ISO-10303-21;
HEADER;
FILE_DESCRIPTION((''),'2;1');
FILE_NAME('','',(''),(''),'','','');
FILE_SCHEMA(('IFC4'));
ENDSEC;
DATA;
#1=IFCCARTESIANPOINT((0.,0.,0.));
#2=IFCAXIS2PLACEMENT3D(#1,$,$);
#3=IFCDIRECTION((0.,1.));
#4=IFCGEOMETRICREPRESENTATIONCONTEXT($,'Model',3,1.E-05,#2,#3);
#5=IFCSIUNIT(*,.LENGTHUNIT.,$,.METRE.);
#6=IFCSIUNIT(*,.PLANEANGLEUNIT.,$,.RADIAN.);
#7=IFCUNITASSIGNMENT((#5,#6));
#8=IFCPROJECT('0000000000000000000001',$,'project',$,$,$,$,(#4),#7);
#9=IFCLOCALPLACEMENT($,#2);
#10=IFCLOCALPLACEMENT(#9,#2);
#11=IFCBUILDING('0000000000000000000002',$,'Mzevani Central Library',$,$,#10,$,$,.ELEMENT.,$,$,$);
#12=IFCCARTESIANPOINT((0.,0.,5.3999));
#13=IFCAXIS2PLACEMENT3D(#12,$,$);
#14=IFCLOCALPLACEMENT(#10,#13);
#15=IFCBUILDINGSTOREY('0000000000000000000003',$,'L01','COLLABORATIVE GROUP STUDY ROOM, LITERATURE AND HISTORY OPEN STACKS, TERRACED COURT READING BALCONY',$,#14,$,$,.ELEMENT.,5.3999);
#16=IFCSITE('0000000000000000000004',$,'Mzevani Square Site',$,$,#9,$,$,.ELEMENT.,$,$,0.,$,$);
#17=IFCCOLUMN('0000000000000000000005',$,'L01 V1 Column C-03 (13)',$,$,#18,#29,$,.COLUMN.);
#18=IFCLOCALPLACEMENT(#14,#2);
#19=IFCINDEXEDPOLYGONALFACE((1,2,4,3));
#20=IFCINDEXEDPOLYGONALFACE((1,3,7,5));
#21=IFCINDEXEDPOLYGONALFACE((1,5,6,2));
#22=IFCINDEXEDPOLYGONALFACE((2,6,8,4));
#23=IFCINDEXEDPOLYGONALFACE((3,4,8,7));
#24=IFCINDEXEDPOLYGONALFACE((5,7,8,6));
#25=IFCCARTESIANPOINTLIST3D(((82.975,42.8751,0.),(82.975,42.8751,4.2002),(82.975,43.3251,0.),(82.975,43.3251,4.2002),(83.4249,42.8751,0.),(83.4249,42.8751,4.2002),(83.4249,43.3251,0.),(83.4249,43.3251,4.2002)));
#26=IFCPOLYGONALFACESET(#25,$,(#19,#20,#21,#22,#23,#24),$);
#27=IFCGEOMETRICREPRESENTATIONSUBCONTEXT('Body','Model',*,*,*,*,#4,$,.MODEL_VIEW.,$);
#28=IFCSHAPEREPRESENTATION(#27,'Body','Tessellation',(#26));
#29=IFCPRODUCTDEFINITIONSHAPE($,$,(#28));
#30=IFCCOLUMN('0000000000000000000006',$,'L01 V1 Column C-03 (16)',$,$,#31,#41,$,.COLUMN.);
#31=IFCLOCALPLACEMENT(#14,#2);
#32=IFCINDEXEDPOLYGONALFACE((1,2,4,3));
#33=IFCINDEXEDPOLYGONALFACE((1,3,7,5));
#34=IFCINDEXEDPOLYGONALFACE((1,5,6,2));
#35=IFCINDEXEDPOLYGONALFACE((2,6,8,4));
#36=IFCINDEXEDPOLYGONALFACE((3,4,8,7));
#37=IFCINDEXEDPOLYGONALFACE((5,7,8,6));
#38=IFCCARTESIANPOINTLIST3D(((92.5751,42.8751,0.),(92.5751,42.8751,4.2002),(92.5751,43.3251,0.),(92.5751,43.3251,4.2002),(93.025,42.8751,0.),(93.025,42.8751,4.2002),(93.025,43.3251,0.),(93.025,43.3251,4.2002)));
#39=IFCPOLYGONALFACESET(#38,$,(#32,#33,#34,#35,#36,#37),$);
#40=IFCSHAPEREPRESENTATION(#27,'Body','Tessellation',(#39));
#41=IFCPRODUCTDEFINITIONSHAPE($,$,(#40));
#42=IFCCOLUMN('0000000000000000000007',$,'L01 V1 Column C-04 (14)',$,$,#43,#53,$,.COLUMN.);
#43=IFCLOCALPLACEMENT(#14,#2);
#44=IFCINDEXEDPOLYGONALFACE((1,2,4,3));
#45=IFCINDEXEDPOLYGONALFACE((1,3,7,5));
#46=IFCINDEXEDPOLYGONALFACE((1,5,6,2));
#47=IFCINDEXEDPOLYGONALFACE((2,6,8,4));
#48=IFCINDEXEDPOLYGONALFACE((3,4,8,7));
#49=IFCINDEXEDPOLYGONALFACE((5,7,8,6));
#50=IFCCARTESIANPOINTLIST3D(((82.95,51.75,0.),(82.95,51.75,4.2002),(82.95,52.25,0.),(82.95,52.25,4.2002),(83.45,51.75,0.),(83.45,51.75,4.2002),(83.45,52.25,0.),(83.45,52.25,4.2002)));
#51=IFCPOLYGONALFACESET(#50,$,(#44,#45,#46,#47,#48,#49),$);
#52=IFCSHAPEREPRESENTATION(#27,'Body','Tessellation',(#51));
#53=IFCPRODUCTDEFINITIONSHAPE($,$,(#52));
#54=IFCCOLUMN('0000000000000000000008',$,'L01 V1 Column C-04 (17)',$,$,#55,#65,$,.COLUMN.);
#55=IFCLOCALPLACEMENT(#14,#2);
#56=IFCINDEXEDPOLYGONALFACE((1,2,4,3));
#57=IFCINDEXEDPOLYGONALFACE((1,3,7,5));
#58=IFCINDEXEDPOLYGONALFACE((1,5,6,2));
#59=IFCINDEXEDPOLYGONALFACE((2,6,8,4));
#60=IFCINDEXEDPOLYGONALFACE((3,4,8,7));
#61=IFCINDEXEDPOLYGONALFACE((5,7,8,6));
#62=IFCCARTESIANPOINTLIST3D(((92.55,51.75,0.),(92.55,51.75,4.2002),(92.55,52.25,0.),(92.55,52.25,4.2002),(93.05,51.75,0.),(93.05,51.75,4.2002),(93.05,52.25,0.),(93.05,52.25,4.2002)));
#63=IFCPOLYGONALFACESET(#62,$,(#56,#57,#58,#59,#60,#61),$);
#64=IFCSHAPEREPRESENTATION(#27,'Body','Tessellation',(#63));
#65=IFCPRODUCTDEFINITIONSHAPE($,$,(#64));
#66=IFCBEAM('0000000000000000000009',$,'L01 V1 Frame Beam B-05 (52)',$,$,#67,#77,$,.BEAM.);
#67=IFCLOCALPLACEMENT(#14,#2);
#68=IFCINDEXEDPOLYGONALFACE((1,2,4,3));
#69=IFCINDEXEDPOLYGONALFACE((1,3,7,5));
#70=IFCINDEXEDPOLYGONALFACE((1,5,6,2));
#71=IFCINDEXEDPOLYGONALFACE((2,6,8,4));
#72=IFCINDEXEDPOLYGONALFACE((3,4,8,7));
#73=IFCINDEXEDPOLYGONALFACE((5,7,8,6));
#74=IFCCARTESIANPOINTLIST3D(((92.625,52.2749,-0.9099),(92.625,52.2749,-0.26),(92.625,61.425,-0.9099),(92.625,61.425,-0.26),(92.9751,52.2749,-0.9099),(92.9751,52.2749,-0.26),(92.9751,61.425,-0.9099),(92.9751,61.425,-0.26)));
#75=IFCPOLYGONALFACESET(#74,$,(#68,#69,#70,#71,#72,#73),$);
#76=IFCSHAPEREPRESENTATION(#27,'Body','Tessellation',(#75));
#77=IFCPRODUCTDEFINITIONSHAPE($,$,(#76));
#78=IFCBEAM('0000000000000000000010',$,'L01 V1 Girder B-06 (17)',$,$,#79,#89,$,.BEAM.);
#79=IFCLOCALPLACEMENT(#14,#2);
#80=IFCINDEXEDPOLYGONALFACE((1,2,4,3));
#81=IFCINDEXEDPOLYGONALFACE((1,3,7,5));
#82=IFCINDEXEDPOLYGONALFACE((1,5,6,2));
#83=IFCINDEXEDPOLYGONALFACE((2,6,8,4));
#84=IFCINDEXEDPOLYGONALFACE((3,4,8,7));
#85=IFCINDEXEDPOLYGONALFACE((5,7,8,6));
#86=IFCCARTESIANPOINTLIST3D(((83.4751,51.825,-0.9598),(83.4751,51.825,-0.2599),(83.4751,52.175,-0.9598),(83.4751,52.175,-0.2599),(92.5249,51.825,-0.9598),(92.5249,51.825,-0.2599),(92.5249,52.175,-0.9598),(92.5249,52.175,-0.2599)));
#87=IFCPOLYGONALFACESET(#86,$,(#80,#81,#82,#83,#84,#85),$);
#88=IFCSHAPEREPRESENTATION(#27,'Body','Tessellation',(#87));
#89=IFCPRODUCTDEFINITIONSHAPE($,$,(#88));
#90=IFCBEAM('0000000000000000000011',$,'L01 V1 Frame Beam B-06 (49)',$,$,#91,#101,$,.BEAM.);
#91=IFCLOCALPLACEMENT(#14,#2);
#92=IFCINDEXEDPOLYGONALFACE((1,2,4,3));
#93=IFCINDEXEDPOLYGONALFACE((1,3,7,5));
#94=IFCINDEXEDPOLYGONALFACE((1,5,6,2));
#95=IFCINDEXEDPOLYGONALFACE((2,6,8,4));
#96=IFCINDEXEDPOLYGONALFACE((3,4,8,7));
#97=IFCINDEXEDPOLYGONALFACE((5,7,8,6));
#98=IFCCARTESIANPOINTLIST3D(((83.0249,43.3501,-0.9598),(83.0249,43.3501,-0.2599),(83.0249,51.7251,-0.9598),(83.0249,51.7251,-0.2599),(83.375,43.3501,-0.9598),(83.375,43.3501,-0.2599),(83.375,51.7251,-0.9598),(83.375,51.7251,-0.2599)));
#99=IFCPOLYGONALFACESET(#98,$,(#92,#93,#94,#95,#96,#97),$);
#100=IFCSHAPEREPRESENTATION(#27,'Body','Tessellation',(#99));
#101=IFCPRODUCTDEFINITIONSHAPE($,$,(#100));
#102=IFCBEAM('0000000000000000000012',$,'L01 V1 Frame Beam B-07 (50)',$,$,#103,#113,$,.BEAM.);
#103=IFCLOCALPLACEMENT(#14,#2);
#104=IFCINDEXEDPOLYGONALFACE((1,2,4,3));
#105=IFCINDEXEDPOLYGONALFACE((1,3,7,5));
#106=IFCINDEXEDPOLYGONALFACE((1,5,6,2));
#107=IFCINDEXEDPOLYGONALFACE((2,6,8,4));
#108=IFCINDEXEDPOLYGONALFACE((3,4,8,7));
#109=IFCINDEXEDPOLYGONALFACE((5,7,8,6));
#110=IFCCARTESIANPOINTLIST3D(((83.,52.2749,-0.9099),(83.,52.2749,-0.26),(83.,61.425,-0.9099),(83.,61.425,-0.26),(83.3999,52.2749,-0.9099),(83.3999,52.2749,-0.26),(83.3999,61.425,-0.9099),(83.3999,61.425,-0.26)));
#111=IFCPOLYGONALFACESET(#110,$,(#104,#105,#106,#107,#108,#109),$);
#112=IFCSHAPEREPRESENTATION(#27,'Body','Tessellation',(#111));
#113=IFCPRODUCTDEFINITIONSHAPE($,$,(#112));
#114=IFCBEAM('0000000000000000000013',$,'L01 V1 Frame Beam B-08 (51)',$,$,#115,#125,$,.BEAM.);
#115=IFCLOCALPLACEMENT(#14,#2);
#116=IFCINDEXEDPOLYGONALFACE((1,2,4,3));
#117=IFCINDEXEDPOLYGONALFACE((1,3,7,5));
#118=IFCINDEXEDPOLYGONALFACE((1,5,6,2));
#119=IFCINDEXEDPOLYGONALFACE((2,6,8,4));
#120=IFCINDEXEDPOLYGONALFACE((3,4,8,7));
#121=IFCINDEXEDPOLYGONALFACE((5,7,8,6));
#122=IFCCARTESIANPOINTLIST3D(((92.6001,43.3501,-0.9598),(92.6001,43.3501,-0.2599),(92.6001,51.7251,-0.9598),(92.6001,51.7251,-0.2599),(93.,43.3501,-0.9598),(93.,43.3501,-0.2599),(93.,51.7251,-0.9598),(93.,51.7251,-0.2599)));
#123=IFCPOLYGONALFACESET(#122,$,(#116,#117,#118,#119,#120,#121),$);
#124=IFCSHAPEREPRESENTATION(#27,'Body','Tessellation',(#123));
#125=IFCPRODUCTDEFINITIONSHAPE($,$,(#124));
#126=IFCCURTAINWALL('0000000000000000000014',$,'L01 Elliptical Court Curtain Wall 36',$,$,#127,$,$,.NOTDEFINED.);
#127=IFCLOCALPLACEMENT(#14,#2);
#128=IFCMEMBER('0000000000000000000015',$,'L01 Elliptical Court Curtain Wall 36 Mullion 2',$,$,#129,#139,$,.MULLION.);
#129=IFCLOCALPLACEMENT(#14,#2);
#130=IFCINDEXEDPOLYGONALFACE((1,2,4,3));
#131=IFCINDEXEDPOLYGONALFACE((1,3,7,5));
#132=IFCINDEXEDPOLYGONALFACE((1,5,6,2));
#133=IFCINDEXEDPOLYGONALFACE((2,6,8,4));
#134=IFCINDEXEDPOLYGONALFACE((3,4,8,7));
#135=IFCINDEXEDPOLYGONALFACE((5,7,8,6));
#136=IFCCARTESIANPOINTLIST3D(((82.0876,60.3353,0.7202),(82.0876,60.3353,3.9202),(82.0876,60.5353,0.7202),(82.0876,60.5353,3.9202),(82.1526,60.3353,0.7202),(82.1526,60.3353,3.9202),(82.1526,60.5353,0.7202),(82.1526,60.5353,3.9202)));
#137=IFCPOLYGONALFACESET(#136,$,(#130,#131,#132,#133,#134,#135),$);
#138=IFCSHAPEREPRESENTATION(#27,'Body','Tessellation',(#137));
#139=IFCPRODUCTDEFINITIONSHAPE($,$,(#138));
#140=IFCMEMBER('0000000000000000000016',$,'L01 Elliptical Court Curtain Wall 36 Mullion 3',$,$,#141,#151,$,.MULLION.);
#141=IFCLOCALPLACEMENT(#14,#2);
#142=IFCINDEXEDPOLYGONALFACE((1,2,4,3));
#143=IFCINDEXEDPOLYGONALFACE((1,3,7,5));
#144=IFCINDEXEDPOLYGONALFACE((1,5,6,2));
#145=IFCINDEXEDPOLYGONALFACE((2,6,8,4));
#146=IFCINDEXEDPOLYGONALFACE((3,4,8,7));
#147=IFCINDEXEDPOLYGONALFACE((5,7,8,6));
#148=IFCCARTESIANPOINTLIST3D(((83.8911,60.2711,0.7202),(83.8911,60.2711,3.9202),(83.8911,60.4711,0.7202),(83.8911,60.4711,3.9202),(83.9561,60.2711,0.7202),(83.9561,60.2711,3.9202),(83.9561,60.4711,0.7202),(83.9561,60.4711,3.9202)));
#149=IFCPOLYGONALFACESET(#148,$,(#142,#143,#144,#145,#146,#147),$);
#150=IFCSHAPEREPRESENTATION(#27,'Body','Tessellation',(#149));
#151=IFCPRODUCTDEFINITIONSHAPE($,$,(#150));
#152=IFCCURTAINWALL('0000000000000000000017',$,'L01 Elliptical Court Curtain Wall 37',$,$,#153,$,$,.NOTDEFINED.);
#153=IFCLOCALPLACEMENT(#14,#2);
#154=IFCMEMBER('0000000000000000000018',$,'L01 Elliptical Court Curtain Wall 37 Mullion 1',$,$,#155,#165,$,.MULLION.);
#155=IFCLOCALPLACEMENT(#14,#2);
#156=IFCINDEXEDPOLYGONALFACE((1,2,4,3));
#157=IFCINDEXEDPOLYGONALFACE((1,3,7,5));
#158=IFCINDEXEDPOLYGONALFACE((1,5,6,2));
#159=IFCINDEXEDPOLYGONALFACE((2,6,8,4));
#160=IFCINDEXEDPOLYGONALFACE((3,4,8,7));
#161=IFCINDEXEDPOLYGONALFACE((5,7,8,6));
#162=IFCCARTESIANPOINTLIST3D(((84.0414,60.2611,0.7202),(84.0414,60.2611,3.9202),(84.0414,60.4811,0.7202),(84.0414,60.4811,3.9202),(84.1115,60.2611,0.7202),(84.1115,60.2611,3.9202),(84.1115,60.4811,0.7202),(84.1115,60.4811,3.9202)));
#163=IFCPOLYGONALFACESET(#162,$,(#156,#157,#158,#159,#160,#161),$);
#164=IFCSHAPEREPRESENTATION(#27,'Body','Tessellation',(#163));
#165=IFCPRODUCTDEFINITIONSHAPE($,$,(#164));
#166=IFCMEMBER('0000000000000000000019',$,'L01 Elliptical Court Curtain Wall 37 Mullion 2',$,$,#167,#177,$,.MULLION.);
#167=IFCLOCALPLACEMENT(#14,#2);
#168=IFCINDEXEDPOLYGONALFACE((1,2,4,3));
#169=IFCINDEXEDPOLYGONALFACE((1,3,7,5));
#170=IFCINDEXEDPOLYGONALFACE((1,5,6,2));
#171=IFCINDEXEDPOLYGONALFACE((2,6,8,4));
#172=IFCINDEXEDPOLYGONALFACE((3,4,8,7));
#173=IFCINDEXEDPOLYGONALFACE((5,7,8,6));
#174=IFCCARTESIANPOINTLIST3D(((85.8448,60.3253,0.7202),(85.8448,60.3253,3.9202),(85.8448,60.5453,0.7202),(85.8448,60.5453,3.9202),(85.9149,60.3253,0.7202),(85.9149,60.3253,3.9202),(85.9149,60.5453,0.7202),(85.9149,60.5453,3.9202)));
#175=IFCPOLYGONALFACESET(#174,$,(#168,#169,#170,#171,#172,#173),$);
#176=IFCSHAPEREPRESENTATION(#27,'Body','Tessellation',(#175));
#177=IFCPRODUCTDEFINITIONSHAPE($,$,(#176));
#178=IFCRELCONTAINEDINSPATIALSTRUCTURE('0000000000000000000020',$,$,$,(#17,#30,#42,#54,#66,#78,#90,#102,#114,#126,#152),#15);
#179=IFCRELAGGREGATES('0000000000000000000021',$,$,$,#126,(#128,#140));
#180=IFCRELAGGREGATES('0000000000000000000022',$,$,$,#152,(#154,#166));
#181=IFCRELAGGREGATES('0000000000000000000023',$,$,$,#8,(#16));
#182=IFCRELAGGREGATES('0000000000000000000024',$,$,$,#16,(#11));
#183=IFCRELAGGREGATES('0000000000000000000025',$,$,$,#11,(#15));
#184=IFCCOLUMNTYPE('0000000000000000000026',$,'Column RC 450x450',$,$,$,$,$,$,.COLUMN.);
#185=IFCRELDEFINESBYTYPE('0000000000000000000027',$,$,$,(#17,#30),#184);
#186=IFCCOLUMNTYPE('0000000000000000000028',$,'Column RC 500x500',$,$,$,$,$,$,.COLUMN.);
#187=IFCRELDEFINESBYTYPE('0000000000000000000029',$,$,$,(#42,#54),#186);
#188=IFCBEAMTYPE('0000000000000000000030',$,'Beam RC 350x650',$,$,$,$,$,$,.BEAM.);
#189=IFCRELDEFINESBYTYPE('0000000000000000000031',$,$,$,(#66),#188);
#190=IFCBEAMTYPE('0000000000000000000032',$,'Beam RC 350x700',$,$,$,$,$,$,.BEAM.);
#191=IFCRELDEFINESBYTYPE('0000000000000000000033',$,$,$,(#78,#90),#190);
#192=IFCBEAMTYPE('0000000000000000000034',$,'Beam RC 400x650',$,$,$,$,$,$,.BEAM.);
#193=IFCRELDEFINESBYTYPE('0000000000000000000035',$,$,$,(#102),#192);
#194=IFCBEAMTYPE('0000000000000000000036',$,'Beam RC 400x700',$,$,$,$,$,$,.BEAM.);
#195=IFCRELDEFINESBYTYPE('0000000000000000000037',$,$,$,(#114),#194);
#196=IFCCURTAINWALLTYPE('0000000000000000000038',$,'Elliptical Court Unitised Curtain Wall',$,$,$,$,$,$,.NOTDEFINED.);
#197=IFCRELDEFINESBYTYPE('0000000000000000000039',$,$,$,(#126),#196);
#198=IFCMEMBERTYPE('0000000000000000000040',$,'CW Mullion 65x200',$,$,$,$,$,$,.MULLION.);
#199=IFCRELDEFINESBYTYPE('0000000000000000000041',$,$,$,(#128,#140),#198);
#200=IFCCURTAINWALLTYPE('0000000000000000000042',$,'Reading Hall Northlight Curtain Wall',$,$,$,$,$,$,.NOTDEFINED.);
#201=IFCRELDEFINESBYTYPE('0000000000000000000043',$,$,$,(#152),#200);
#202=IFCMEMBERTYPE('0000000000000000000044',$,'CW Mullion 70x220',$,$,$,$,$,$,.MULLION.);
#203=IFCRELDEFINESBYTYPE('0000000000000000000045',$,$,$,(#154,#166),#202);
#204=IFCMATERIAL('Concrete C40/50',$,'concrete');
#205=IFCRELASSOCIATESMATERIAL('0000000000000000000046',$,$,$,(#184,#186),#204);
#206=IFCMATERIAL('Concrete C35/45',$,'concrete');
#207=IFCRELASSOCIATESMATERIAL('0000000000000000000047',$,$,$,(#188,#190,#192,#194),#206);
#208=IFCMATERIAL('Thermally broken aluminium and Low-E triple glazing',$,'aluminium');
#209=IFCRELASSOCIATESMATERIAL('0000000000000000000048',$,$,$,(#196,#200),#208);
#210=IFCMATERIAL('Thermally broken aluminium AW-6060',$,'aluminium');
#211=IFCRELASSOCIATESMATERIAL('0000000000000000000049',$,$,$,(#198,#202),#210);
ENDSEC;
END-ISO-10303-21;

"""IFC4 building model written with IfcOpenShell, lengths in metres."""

from ifc_helpers import new_model, si_unit, direction, frame, origin, origin_2d, place, context, subcontext, project, spatial, rectangle, extrude, material, material_profile, profile_set, type_object, element, aggregate, save


model = new_model("IFC4")

# Units and contexts
model_context = context("Model", 3, precision=1e-05, world=origin(), true_north=direction((0.0, 1.0)))
body_context = subcontext(model_context, "Body", "Model", "MODEL_VIEW")
ifc_project = project(units=[si_unit("LENGTHUNIT", "METRE"), si_unit("PLANEANGLEUNIT", "RADIAN")], contexts=[model_context])

# Site, building, storey
site_placement = place(None, origin())
site = spatial("IfcSite", under=ifc_project, at=site_placement, Name="Mzevani Square Site", CompositionType="ELEMENT", RefElevation=0.0)
building_placement = place(site_placement, origin())
building = spatial("IfcBuilding", under=site, at=building_placement, Name="Mzevani Central Library", CompositionType="ELEMENT")
storey_placement = place(building_placement, frame((0.0, 0.0, 5.3999)))
storey = spatial("IfcBuildingStorey", under=building, at=storey_placement, Name="L01", Description="COLLABORATIVE GROUP STUDY ROOM, LITERATURE AND HISTORY OPEN STACKS, TERRACED COURT READING BALCONY", CompositionType="ELEMENT", Elevation=5.3999)

# Columns
ifc_material_1 = material(Name="Concrete C40/50", Category="concrete")
ifc_material_profile_1 = material_profile(ifc_material_1, rectangle(XDim=0.45, YDim=0.45, at=origin_2d()), Name="RC 450x450")
ifc_profile_set_1 = profile_set([ifc_material_profile_1], Name="Concrete C40/50")
column_type_1 = type_object("IfcColumnType", Name="Column RC 450x450", PredefinedType="COLUMN", material=ifc_profile_set_1)
for number, where, z_axis, x_axis, name in (
    (1, (83.2, 43.1001, 0.0), (0.0, 0.0, 1.0), (1.0, 0.0, 0.0), "L01 V1 Column C-03 (13)"),
    (2, (92.8, 43.1001, 0.0), (0.0, 0.0, 1.0), (1.0, 0.0, 0.0), "L01 V1 Column C-03 (16)"),
):
    element("IfcColumn", number, at=place(storey_placement, frame(where, z_axis=z_axis, x_axis=x_axis)), inside=storey, type_object=column_type_1, Name=name, PredefinedType="COLUMN", context=body_context, shape_type="SweptSolid", body=[
        extrude(rectangle(XDim=0.45, YDim=0.45, at=origin_2d()), origin(), (0.0, 0.0, 1.0), 4.2002),
    ])
ifc_material_profile_2 = material_profile(ifc_material_1, rectangle(XDim=0.5, YDim=0.5, at=origin_2d()), Name="RC 500x500")
ifc_profile_set_2 = profile_set([ifc_material_profile_2], Name="Concrete C40/50")
column_type_2 = type_object("IfcColumnType", Name="Column RC 500x500", PredefinedType="COLUMN", material=ifc_profile_set_2)
for number, where, z_axis, x_axis, name in (
    (3, (83.2, 52.0, 0.0), (0.0, 0.0, 1.0), (1.0, 0.0, 0.0), "L01 V1 Column C-04 (14)"),
    (4, (92.8, 52.0, 0.0), (0.0, 0.0, 1.0), (1.0, 0.0, 0.0), "L01 V1 Column C-04 (17)"),
):
    element("IfcColumn", number, at=place(storey_placement, frame(where, z_axis=z_axis, x_axis=x_axis)), inside=storey, type_object=column_type_2, Name=name, PredefinedType="COLUMN", context=body_context, shape_type="SweptSolid", body=[
        extrude(rectangle(XDim=0.5, YDim=0.5, at=origin_2d()), origin(), (0.0, 0.0, 1.0), 4.2002),
    ])

# Beams
ifc_material_2 = material(Name="Concrete C35/45", Category="concrete")
ifc_material_profile_3 = material_profile(ifc_material_2, rectangle(XDim=0.3501, YDim=0.6499, at=origin_2d()), Name="RC B350x650")
ifc_profile_set_3 = profile_set([ifc_material_profile_3], Name="Concrete C35/45")
beam_type_1 = type_object("IfcBeamType", Name="Beam RC 350x650", PredefinedType="BEAM", material=ifc_profile_set_3)
beam_1_placement = place(storey_placement, frame((92.8, 52.2749, -0.585), z_axis=(0.0, 1.0, 0.0), x_axis=(-1.0, 0.0, 0.0)))
element("IfcBeam", 5, at=beam_1_placement, inside=storey, type_object=beam_type_1, Name="L01 V1 Frame Beam B-05 (52)", PredefinedType="BEAM", context=body_context, shape_type="SweptSolid", body=[
    extrude(rectangle(XDim=0.3501, YDim=0.6499, at=origin_2d()), origin(), (0.0, 0.0, 1.0), 9.1501),
])
ifc_material_profile_4 = material_profile(ifc_material_2, rectangle(XDim=0.3501, YDim=0.7, at=origin_2d()), Name="RC B350x700")
ifc_profile_set_4 = profile_set([ifc_material_profile_4], Name="Concrete C35/45")
beam_type_2 = type_object("IfcBeamType", Name="Beam RC 350x700", PredefinedType="BEAM", material=ifc_profile_set_4)
beam_2_placement = place(storey_placement, frame((83.4751, 52.0, -0.6099), z_axis=(1.0, 0.0, 0.0), x_axis=(0.0, 1.0, 0.0)))
element("IfcBeam", 6, at=beam_2_placement, inside=storey, type_object=beam_type_2, Name="L01 V1 Girder B-06 (17)", PredefinedType="BEAM", context=body_context, shape_type="SweptSolid", body=[
    extrude(rectangle(XDim=0.3501, YDim=0.7, at=origin_2d()), origin(), (0.0, 0.0, 1.0), 9.0498),
])
beam_3_placement = place(storey_placement, frame((83.2, 43.3501, -0.6099), z_axis=(0.0, 1.0, 0.0), x_axis=(-1.0, 0.0, 0.0)))
element("IfcBeam", 7, at=beam_3_placement, inside=storey, type_object=beam_type_2, Name="L01 V1 Frame Beam B-06 (49)", PredefinedType="BEAM", context=body_context, shape_type="SweptSolid", body=[
    extrude(rectangle(XDim=0.3501, YDim=0.7, at=origin_2d()), origin(), (0.0, 0.0, 1.0), 8.375),
])
ifc_material_profile_5 = material_profile(ifc_material_2, rectangle(XDim=0.3999, YDim=0.6499, at=origin_2d()), Name="RC B400x650")
ifc_profile_set_5 = profile_set([ifc_material_profile_5], Name="Concrete C35/45")
beam_type_3 = type_object("IfcBeamType", Name="Beam RC 400x650", PredefinedType="BEAM", material=ifc_profile_set_5)
beam_4_placement = place(storey_placement, frame((83.2, 52.2749, -0.585), z_axis=(0.0, 1.0, 0.0), x_axis=(-1.0, 0.0, 0.0)))
element("IfcBeam", 8, at=beam_4_placement, inside=storey, type_object=beam_type_3, Name="L01 V1 Frame Beam B-07 (50)", PredefinedType="BEAM", context=body_context, shape_type="SweptSolid", body=[
    extrude(rectangle(XDim=0.3999, YDim=0.6499, at=origin_2d()), origin(), (0.0, 0.0, 1.0), 9.1501),
])
ifc_material_profile_6 = material_profile(ifc_material_2, rectangle(XDim=0.3999, YDim=0.7, at=origin_2d()), Name="RC B400x700")
ifc_profile_set_6 = profile_set([ifc_material_profile_6], Name="Concrete C35/45")
beam_type_4 = type_object("IfcBeamType", Name="Beam RC 400x700", PredefinedType="BEAM", material=ifc_profile_set_6)
beam_5_placement = place(storey_placement, frame((92.8, 43.3501, -0.6099), z_axis=(0.0, 1.0, 0.0), x_axis=(-1.0, 0.0, 0.0)))
element("IfcBeam", 9, at=beam_5_placement, inside=storey, type_object=beam_type_4, Name="L01 V1 Frame Beam B-08 (51)", PredefinedType="BEAM", context=body_context, shape_type="SweptSolid", body=[
    extrude(rectangle(XDim=0.3999, YDim=0.7, at=origin_2d()), origin(), (0.0, 0.0, 1.0), 8.375),
])

# Curtain walls, members
ifc_material_3 = material(Name="Thermally broken aluminium and Low-E triple glazing", Category="aluminium")
curtain_wall_type_1 = type_object("IfcCurtainWallType", Name="Elliptical Court Unitised Curtain Wall", PredefinedType="NOTDEFINED", material=ifc_material_3)
curtain_wall_1_placement = place(storey_placement, origin())
curtain_wall_1 = element("IfcCurtainWall", 10, at=curtain_wall_1_placement, inside=storey, type_object=curtain_wall_type_1, Name="L01 Elliptical Court Curtain Wall 36", PredefinedType="NOTDEFINED")
ifc_material_4 = material(Name="Thermally broken aluminium AW-6060", Category="aluminium")
ifc_material_profile_7 = material_profile(ifc_material_4, rectangle(XDim=0.0649, YDim=0.2, at=origin_2d()), Name="ALU M65x200")
ifc_profile_set_7 = profile_set([ifc_material_profile_7], Name="Thermally broken aluminium AW-6060")
member_type_1 = type_object("IfcMemberType", Name="CW Mullion 65x200", PredefinedType="MULLION", material=ifc_profile_set_7)
member_1_placement = place(storey_placement, frame((82.1201, 60.4353, 0.7202), z_axis=(0.0, 0.0, 1.0), x_axis=(1.0, 0.0, 0.0)))
member_1 = element("IfcMember", 11, at=member_1_placement, type_object=member_type_1, Name="L01 Elliptical Court Curtain Wall 36 Mullion 2", PredefinedType="MULLION", context=body_context, shape_type="SweptSolid", body=[
    extrude(rectangle(XDim=0.0649, YDim=0.2, at=origin_2d()), origin(), (0.0, 0.0, 1.0), 3.2),
])
member_2_placement = place(storey_placement, frame((83.9236, 60.3711, 0.7202), z_axis=(0.0, 0.0, 1.0), x_axis=(1.0, 0.0, 0.0)))
member_2 = element("IfcMember", 12, at=member_2_placement, type_object=member_type_1, Name="L01 Elliptical Court Curtain Wall 36 Mullion 3", PredefinedType="MULLION", context=body_context, shape_type="SweptSolid", body=[
    extrude(rectangle(XDim=0.0649, YDim=0.2, at=origin_2d()), origin(), (0.0, 0.0, 1.0), 3.2),
])
curtain_wall_type_2 = type_object("IfcCurtainWallType", Name="Reading Hall Northlight Curtain Wall", PredefinedType="NOTDEFINED", material=ifc_material_3)
curtain_wall_2_placement = place(storey_placement, origin())
curtain_wall_2 = element("IfcCurtainWall", 13, at=curtain_wall_2_placement, inside=storey, type_object=curtain_wall_type_2, Name="L01 Elliptical Court Curtain Wall 37", PredefinedType="NOTDEFINED")
ifc_material_profile_8 = material_profile(ifc_material_4, rectangle(XDim=0.0701, YDim=0.22, at=origin_2d()), Name="ALU M70x220")
ifc_profile_set_8 = profile_set([ifc_material_profile_8], Name="Thermally broken aluminium AW-6060")
member_type_2 = type_object("IfcMemberType", Name="CW Mullion 70x220", PredefinedType="MULLION", material=ifc_profile_set_8)
member_3_placement = place(storey_placement, frame((84.0764, 60.3711, 0.7202), z_axis=(0.0, 0.0, 1.0), x_axis=(1.0, 0.0, 0.0)))
member_3 = element("IfcMember", 14, at=member_3_placement, type_object=member_type_2, Name="L01 Elliptical Court Curtain Wall 37 Mullion 1", PredefinedType="MULLION", context=body_context, shape_type="SweptSolid", body=[
    extrude(rectangle(XDim=0.0701, YDim=0.22, at=origin_2d()), origin(), (0.0, 0.0, 1.0), 3.2),
])
member_4_placement = place(storey_placement, frame((85.8799, 60.4353, 0.7202), z_axis=(0.0, 0.0, 1.0), x_axis=(1.0, 0.0, 0.0)))
member_4 = element("IfcMember", 15, at=member_4_placement, type_object=member_type_2, Name="L01 Elliptical Court Curtain Wall 37 Mullion 2", PredefinedType="MULLION", context=body_context, shape_type="SweptSolid", body=[
    extrude(rectangle(XDim=0.0701, YDim=0.22, at=origin_2d()), origin(), (0.0, 0.0, 1.0), 3.2),
])

aggregate(curtain_wall_1, [member_1, member_2])
aggregate(curtain_wall_2, [member_3, member_4])

save(model, "model.ifc")
